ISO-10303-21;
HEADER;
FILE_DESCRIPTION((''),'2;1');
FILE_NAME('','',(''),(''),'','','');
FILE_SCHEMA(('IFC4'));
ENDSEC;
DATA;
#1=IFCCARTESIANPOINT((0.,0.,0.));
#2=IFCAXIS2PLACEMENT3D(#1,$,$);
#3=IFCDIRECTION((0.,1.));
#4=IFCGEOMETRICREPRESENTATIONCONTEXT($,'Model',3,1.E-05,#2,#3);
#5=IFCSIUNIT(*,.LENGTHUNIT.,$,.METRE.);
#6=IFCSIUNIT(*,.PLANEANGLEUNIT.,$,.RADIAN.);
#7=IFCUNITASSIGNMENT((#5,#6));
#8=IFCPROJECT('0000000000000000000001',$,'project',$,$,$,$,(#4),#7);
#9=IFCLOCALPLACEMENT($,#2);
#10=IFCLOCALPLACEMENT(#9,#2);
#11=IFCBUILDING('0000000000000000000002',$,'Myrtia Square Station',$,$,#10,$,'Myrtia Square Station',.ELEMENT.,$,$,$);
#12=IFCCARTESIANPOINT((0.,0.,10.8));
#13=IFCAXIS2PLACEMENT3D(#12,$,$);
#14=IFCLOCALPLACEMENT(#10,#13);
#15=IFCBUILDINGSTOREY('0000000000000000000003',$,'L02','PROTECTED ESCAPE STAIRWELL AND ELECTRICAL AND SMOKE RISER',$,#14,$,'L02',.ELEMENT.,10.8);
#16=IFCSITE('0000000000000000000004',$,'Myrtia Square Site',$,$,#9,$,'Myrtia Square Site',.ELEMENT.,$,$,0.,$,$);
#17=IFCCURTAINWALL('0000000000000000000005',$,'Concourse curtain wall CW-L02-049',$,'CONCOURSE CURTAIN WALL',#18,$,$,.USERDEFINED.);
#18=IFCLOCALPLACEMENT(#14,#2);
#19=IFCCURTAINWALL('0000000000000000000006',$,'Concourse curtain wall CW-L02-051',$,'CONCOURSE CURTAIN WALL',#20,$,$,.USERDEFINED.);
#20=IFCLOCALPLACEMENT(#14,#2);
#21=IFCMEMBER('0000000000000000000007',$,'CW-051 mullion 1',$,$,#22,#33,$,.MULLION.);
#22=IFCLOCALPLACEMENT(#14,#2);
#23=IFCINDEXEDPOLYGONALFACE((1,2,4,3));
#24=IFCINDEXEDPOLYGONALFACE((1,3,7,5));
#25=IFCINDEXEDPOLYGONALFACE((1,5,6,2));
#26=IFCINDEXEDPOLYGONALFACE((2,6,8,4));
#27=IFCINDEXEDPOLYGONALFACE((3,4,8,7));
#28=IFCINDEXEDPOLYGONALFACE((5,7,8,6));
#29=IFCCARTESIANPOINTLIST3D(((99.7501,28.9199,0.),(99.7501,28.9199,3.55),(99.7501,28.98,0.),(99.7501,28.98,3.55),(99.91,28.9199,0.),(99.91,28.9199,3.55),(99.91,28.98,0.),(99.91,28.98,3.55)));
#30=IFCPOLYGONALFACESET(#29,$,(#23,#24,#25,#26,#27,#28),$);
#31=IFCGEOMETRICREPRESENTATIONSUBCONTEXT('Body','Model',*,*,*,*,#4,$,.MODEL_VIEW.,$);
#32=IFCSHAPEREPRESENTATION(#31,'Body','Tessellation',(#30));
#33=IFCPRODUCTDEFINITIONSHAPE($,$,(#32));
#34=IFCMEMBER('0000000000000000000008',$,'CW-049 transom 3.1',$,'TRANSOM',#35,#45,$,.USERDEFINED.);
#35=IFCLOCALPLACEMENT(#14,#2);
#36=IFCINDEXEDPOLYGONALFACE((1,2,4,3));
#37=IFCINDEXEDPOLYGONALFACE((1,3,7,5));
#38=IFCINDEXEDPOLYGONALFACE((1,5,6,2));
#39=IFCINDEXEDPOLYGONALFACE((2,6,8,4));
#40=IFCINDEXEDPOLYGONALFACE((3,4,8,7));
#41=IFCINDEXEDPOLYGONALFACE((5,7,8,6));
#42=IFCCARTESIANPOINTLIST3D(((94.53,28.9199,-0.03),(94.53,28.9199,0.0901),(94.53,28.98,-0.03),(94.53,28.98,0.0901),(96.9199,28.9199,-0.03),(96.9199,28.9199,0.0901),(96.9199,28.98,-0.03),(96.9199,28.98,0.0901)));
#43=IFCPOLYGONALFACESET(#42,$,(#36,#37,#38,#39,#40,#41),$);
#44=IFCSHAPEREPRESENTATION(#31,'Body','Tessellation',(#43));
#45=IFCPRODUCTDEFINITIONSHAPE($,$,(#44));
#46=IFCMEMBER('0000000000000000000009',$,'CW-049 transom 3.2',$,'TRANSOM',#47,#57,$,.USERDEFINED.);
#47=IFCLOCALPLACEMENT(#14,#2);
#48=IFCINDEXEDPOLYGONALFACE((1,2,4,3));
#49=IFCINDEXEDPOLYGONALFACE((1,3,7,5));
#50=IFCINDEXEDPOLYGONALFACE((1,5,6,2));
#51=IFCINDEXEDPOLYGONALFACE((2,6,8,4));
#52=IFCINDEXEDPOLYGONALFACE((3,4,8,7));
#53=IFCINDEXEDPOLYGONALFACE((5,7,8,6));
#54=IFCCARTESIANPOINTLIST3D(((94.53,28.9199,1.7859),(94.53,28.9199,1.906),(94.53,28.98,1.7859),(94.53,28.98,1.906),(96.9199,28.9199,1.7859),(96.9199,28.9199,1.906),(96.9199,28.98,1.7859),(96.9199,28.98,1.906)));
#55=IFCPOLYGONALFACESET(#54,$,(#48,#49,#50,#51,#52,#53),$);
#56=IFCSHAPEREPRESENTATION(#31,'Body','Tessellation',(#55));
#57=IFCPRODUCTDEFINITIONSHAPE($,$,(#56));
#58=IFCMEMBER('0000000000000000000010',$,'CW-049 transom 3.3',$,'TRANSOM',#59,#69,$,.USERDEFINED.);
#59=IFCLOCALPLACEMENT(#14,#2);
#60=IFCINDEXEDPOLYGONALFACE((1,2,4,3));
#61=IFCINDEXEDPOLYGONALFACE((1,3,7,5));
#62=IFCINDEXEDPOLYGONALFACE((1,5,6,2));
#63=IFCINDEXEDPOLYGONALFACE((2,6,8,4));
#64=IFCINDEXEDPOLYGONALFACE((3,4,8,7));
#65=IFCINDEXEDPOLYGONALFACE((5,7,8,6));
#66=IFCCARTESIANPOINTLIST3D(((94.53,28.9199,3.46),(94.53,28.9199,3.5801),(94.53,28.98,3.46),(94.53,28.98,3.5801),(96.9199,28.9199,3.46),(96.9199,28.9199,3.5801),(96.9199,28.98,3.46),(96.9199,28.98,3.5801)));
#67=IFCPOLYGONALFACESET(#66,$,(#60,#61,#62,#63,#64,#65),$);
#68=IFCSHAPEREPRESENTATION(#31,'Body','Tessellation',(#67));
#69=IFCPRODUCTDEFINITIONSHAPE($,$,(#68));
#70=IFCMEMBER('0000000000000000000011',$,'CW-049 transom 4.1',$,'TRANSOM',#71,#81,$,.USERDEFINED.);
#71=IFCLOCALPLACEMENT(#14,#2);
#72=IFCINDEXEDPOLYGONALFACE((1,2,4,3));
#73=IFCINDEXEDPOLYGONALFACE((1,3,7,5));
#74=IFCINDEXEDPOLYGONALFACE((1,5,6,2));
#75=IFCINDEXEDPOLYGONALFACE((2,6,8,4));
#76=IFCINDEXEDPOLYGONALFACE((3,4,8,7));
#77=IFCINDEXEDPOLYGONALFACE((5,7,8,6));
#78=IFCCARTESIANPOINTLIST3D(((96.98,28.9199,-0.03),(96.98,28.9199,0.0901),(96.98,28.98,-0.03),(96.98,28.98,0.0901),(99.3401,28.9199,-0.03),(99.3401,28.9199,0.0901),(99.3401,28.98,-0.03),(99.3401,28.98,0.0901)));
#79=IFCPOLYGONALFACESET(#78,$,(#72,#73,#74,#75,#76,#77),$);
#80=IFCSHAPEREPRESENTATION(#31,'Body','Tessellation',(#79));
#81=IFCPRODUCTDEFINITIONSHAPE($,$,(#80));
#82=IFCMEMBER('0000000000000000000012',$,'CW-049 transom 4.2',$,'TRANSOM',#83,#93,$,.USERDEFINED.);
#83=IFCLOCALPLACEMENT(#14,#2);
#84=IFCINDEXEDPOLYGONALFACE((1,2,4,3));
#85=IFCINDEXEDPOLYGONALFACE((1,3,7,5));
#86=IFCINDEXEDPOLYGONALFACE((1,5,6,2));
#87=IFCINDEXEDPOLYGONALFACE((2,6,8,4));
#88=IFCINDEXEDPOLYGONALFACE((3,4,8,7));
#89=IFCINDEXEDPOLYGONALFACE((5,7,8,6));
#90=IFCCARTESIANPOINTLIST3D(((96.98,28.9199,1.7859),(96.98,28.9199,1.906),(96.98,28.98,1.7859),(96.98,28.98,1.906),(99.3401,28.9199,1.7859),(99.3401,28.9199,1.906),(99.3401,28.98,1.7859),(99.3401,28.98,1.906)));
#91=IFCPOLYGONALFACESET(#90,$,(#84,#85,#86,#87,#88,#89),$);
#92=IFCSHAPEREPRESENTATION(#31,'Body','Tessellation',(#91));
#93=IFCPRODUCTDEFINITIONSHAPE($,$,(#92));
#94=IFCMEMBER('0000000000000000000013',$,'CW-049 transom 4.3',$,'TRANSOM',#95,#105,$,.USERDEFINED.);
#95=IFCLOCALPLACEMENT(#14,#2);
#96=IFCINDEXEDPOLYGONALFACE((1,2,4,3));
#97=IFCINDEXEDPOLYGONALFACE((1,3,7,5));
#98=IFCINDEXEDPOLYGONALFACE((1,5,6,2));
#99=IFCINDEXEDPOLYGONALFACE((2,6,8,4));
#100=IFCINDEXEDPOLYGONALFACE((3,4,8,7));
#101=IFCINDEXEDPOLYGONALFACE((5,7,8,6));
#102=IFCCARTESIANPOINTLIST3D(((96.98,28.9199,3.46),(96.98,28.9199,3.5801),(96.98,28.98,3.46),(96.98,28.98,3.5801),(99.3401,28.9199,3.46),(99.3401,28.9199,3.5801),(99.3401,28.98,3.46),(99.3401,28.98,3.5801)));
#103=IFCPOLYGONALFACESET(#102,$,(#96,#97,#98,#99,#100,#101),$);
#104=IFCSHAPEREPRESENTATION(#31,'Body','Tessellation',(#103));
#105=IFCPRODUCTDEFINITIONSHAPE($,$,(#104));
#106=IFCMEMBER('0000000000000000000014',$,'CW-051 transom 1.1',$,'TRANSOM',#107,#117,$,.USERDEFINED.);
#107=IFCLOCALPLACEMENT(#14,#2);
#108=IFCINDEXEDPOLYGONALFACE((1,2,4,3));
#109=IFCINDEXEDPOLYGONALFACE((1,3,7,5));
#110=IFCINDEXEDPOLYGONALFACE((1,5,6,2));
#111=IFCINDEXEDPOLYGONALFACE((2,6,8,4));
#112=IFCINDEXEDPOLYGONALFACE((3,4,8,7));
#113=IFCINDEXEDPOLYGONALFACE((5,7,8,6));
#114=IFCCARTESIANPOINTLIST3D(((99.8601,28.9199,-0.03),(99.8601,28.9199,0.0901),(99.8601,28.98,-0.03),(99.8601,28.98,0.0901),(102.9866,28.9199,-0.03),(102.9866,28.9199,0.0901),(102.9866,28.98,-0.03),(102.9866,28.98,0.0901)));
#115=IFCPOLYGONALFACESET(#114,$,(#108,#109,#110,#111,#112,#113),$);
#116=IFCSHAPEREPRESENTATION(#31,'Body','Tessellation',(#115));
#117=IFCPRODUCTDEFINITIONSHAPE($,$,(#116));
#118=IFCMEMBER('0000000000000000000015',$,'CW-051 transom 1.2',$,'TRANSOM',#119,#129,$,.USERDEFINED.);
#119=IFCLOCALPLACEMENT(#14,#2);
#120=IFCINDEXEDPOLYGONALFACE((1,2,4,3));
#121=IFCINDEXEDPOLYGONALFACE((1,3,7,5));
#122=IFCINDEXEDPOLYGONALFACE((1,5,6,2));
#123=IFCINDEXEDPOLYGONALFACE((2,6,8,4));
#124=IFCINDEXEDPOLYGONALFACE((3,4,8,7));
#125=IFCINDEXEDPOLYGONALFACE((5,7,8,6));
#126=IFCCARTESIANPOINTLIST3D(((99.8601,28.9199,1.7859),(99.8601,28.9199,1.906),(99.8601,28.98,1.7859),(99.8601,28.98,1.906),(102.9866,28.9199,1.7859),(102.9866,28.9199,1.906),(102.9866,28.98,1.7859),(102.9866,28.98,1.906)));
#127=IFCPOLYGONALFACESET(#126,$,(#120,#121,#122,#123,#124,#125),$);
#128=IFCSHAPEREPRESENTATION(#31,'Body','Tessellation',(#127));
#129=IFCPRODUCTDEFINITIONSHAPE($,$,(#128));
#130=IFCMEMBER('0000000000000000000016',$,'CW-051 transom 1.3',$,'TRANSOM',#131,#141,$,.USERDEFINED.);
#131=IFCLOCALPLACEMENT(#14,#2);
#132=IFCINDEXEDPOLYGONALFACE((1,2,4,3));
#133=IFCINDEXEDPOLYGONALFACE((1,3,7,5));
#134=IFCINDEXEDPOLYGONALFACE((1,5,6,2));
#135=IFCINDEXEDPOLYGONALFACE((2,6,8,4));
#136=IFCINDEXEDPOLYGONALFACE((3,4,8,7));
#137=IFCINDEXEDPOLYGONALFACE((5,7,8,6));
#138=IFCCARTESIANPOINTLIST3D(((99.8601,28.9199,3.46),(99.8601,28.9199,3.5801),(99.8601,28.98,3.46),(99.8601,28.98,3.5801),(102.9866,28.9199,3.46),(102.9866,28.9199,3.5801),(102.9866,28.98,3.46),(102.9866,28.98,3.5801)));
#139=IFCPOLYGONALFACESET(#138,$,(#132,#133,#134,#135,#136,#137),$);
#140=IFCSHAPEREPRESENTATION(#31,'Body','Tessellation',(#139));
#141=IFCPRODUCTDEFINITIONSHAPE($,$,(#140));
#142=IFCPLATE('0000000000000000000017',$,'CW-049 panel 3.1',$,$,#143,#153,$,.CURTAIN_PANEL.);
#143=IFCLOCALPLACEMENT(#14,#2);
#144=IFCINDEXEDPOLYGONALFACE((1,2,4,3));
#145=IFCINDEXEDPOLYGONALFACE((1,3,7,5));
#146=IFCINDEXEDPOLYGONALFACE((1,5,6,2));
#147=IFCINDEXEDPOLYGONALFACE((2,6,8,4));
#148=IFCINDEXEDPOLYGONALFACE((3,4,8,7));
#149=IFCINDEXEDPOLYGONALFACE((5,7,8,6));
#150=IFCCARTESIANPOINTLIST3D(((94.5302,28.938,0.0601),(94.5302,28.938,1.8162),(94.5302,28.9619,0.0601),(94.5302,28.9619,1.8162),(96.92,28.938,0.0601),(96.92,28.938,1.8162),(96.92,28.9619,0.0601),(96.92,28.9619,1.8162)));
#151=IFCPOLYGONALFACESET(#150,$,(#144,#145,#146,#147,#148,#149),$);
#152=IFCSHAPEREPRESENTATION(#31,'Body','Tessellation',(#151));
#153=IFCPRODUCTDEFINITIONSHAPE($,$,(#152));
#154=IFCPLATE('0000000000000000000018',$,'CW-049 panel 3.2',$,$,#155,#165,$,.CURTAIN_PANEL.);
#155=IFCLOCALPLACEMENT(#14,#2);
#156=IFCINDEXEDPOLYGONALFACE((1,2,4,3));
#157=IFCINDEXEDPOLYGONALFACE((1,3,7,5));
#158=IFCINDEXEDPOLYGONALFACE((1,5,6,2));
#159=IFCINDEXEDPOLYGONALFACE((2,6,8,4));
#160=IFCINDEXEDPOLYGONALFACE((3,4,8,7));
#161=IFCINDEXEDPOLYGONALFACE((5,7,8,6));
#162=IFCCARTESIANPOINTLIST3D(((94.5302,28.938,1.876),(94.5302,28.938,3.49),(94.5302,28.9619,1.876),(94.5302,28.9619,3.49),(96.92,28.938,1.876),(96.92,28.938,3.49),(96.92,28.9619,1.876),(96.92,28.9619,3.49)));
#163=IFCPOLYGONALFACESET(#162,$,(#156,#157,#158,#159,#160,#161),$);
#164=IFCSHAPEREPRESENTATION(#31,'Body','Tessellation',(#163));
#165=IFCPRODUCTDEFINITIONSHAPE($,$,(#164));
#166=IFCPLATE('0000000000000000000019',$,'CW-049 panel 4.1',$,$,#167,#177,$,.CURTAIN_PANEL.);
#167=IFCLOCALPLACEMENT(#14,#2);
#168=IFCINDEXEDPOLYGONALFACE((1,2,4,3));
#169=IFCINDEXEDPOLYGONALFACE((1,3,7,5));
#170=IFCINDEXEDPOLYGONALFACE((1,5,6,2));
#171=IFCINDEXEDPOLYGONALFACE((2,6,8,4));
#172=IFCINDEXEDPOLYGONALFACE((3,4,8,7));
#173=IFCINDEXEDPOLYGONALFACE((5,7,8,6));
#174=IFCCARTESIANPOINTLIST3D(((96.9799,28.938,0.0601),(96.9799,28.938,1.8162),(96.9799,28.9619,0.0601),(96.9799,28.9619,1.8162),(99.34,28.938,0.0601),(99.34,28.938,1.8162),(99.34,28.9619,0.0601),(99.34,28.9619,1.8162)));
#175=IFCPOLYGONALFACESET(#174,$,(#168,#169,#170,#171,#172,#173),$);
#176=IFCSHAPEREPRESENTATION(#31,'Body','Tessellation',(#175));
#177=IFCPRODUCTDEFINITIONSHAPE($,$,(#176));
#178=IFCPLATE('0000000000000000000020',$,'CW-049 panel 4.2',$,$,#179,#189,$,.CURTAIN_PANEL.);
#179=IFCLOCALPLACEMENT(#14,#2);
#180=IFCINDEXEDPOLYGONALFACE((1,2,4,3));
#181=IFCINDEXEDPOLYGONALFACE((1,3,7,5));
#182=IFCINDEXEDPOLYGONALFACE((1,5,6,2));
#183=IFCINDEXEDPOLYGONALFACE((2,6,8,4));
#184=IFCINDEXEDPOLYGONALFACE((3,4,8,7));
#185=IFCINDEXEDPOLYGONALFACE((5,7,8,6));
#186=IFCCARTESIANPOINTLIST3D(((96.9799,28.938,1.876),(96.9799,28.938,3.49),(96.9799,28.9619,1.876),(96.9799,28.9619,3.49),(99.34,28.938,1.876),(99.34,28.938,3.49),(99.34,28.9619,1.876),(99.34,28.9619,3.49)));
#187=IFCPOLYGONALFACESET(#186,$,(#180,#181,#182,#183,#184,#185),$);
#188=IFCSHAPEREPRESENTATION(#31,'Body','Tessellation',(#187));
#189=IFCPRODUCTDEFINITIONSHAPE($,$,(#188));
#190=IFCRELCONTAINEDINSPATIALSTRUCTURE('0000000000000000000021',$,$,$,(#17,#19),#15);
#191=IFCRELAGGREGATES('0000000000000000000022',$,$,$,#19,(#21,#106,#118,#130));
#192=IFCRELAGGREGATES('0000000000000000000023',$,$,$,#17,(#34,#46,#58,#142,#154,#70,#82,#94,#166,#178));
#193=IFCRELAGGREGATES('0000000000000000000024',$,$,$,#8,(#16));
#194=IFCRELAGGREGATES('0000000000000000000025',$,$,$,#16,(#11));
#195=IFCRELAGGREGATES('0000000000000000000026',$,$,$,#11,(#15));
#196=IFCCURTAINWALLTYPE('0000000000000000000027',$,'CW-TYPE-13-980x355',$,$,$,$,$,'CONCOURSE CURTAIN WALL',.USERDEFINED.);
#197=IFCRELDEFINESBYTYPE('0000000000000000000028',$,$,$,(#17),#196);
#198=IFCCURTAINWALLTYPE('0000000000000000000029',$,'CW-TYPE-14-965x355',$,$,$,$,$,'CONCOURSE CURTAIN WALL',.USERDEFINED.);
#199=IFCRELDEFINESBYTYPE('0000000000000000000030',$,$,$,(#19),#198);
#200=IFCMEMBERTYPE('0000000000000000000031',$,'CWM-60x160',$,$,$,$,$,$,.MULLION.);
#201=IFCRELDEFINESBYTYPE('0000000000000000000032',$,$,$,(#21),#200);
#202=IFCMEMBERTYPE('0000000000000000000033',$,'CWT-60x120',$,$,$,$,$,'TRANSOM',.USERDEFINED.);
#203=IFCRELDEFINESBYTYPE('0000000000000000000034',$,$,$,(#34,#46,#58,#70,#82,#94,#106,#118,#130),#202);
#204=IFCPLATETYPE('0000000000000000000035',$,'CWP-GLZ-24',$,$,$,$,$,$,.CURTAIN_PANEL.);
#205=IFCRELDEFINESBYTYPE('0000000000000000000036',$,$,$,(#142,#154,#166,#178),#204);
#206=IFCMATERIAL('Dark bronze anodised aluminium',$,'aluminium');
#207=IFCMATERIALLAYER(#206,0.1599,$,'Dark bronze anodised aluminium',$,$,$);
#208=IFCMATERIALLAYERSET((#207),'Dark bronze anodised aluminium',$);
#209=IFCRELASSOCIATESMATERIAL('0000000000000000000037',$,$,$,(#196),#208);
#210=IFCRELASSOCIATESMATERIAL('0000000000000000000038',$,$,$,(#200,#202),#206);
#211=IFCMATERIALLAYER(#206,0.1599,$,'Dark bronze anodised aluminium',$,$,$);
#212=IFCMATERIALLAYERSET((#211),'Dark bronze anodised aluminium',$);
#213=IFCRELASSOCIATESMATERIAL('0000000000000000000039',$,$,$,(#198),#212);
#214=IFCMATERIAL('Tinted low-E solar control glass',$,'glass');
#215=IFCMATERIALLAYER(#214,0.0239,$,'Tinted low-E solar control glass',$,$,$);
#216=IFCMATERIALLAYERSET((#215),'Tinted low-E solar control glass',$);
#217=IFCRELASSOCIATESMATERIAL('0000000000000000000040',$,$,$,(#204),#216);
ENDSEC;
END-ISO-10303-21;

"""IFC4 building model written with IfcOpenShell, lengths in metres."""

from ifc_helpers import new_model, si_unit, direction, frame, origin, origin_2d, place, context, subcontext, project, spatial, rectangle, extrude, material, layer, layer_set, material_profile, profile_set, type_object, element, aggregate, save


model = new_model("IFC4")

# Units and contexts
model_context = context("Model", 3, precision=1e-05, world=origin(), true_north=direction((0.0, 1.0)))
body_context = subcontext(model_context, "Body", "Model", "MODEL_VIEW")
ifc_project = project(units=[si_unit("LENGTHUNIT", "METRE"), si_unit("PLANEANGLEUNIT", "RADIAN")], contexts=[model_context])

# Site, building, storey
site_placement = place(None, origin())
site = spatial("IfcSite", under=ifc_project, at=site_placement, Name="Myrtia Square Site", LongName="Myrtia Square Site", CompositionType="ELEMENT", RefElevation=0.0)
building_placement = place(site_placement, origin())
building = spatial("IfcBuilding", under=site, at=building_placement, Name="Myrtia Square Station", LongName="Myrtia Square Station", CompositionType="ELEMENT")
storey_placement = place(building_placement, frame((0.0, 0.0, 10.8)))
storey = spatial("IfcBuildingStorey", under=building, at=storey_placement, Name="L02", Description="PROTECTED ESCAPE STAIRWELL AND ELECTRICAL AND SMOKE RISER", LongName="L02", CompositionType="ELEMENT", Elevation=10.8)

# Curtain wall
ifc_material_1 = material(Name="Dark bronze anodised aluminium", Category="aluminium")
ifc_layer_1 = layer(ifc_material_1, 0.1599, Name="Dark bronze anodised aluminium")
ifc_layer_set_1 = layer_set([ifc_layer_1], Name="Dark bronze anodised aluminium")
curtain_wall_type_1 = type_object("IfcCurtainWallType", Name="CW-TYPE-13-980x355", ElementType="CONCOURSE CURTAIN WALL", PredefinedType="USERDEFINED", material=ifc_layer_set_1)
curtain_wall_1_placement = place(storey_placement, origin())
curtain_wall_1 = element("IfcCurtainWall", 1, at=curtain_wall_1_placement, inside=storey, type_object=curtain_wall_type_1, Name="Concourse curtain wall CW-L02-049", ObjectType="CONCOURSE CURTAIN WALL", PredefinedType="USERDEFINED")
ifc_material_profile_1 = material_profile(ifc_material_1, rectangle(XDim=0.0601, YDim=0.1599, at=origin_2d()), Name="ALU-M 60x160")
ifc_profile_set_1 = profile_set([ifc_material_profile_1], Name="Dark bronze anodised aluminium")
member_type_1 = type_object("IfcMemberType", Name="CWM-60x160", PredefinedType="MULLION", material=ifc_profile_set_1)

# Curtain wall, member
ifc_layer_2 = layer(ifc_material_1, 0.1599, Name="Dark bronze anodised aluminium")
ifc_layer_set_2 = layer_set([ifc_layer_2], Name="Dark bronze anodised aluminium")
curtain_wall_type_2 = type_object("IfcCurtainWallType", Name="CW-TYPE-14-965x355", ElementType="CONCOURSE CURTAIN WALL", PredefinedType="USERDEFINED", material=ifc_layer_set_2)
curtain_wall_2_placement = place(storey_placement, origin())
curtain_wall_2 = element("IfcCurtainWall", 2, at=curtain_wall_2_placement, inside=storey, type_object=curtain_wall_type_2, Name="Concourse curtain wall CW-L02-051", ObjectType="CONCOURSE CURTAIN WALL", PredefinedType="USERDEFINED")
member_1_placement = place(storey_placement, frame((99.8301, 28.95, 0.0), z_axis=(0.0, 0.0, 1.0), x_axis=(0.0, 1.0, 0.0)))
member_1 = element("IfcMember", 3, at=member_1_placement, type_object=member_type_1, Name="CW-051 mullion 1", PredefinedType="MULLION", context=body_context, shape_type="SweptSolid", body=[
    extrude(rectangle(XDim=0.0601, YDim=0.1599, at=origin_2d()), origin(), (0.0, 0.0, 1.0), 3.55),
])

# Members
ifc_material_profile_2 = material_profile(ifc_material_1, rectangle(XDim=0.0601, YDim=0.1201, at=origin_2d()), Name="ALU-T 60x120")
ifc_profile_set_2 = profile_set([ifc_material_profile_2], Name="Dark bronze anodised aluminium")
member_type_2 = type_object("IfcMemberType", Name="CWT-60x120", ElementType="TRANSOM", PredefinedType="USERDEFINED", material=ifc_profile_set_2)
member_2_placement = place(storey_placement, frame((94.53, 28.95, 0.03), z_axis=(1.0, 0.0, 0.0), x_axis=(0.0, 1.0, 0.0)))
member_2 = element("IfcMember", 4, at=member_2_placement, type_object=member_type_2, Name="CW-049 transom 3.1", ObjectType="TRANSOM", PredefinedType="USERDEFINED", context=body_context, shape_type="SweptSolid", body=[
    extrude(rectangle(XDim=0.0601, YDim=0.1201, at=origin_2d()), origin(), (0.0, 0.0, 1.0), 2.3899),
])
member_3_placement = place(storey_placement, frame((94.53, 28.95, 1.8459), z_axis=(1.0, 0.0, 0.0), x_axis=(0.0, 1.0, 0.0)))
member_3 = element("IfcMember", 5, at=member_3_placement, type_object=member_type_2, Name="CW-049 transom 3.2", ObjectType="TRANSOM", PredefinedType="USERDEFINED", context=body_context, shape_type="SweptSolid", body=[
    extrude(rectangle(XDim=0.0601, YDim=0.1201, at=origin_2d()), origin(), (0.0, 0.0, 1.0), 2.3899),
])
member_4_placement = place(storey_placement, frame((94.53, 28.95, 3.52), z_axis=(1.0, 0.0, 0.0), x_axis=(0.0, 1.0, 0.0)))
member_4 = element("IfcMember", 6, at=member_4_placement, type_object=member_type_2, Name="CW-049 transom 3.3", ObjectType="TRANSOM", PredefinedType="USERDEFINED", context=body_context, shape_type="SweptSolid", body=[
    extrude(rectangle(XDim=0.0601, YDim=0.1201, at=origin_2d()), origin(), (0.0, 0.0, 1.0), 2.3899),
])
member_5_placement = place(storey_placement, frame((96.98, 28.95, 0.03), z_axis=(1.0, 0.0, 0.0), x_axis=(0.0, 1.0, 0.0)))
member_5 = element("IfcMember", 7, at=member_5_placement, type_object=member_type_2, Name="CW-049 transom 4.1", ObjectType="TRANSOM", PredefinedType="USERDEFINED", context=body_context, shape_type="SweptSolid", body=[
    extrude(rectangle(XDim=0.0601, YDim=0.1201, at=origin_2d()), origin(), (0.0, 0.0, 1.0), 2.3601),
])
member_6_placement = place(storey_placement, frame((96.98, 28.95, 1.8459), z_axis=(1.0, 0.0, 0.0), x_axis=(0.0, 1.0, 0.0)))
member_6 = element("IfcMember", 8, at=member_6_placement, type_object=member_type_2, Name="CW-049 transom 4.2", ObjectType="TRANSOM", PredefinedType="USERDEFINED", context=body_context, shape_type="SweptSolid", body=[
    extrude(rectangle(XDim=0.0601, YDim=0.1201, at=origin_2d()), origin(), (0.0, 0.0, 1.0), 2.3601),
])
member_7_placement = place(storey_placement, frame((96.98, 28.95, 3.52), z_axis=(1.0, 0.0, 0.0), x_axis=(0.0, 1.0, 0.0)))
member_7 = element("IfcMember", 9, at=member_7_placement, type_object=member_type_2, Name="CW-049 transom 4.3", ObjectType="TRANSOM", PredefinedType="USERDEFINED", context=body_context, shape_type="SweptSolid", body=[
    extrude(rectangle(XDim=0.0601, YDim=0.1201, at=origin_2d()), origin(), (0.0, 0.0, 1.0), 2.3601),
])
member_8_placement = place(storey_placement, frame((99.8601, 28.95, 0.03), z_axis=(1.0, 0.0, 0.0), x_axis=(0.0, 1.0, 0.0)))
member_8 = element("IfcMember", 10, at=member_8_placement, type_object=member_type_2, Name="CW-051 transom 1.1", ObjectType="TRANSOM", PredefinedType="USERDEFINED", context=body_context, shape_type="SweptSolid", body=[
    extrude(rectangle(XDim=0.0601, YDim=0.1201, at=origin_2d()), origin(), (0.0, 0.0, 1.0), 3.1265),
])
member_9_placement = place(storey_placement, frame((99.8601, 28.95, 1.8459), z_axis=(1.0, 0.0, 0.0), x_axis=(0.0, 1.0, 0.0)))
member_9 = element("IfcMember", 11, at=member_9_placement, type_object=member_type_2, Name="CW-051 transom 1.2", ObjectType="TRANSOM", PredefinedType="USERDEFINED", context=body_context, shape_type="SweptSolid", body=[
    extrude(rectangle(XDim=0.0601, YDim=0.1201, at=origin_2d()), origin(), (0.0, 0.0, 1.0), 3.1265),
])
member_10_placement = place(storey_placement, frame((99.8601, 28.95, 3.52), z_axis=(1.0, 0.0, 0.0), x_axis=(0.0, 1.0, 0.0)))
member_10 = element("IfcMember", 12, at=member_10_placement, type_object=member_type_2, Name="CW-051 transom 1.3", ObjectType="TRANSOM", PredefinedType="USERDEFINED", context=body_context, shape_type="SweptSolid", body=[
    extrude(rectangle(XDim=0.0601, YDim=0.1201, at=origin_2d()), origin(), (0.0, 0.0, 1.0), 3.1265),
])
aggregate(curtain_wall_2, [member_1, member_8, member_9, member_10])

# Plates
ifc_material_2 = material(Name="Tinted low-E solar control glass", Category="glass")
ifc_layer_3 = layer(ifc_material_2, 0.0239, Name="Tinted low-E solar control glass")
ifc_layer_set_3 = layer_set([ifc_layer_3], Name="Tinted low-E solar control glass")
plate_type = type_object("IfcPlateType", Name="CWP-GLZ-24", PredefinedType="CURTAIN_PANEL", material=ifc_layer_set_3)
plate_1_placement = place(storey_placement, frame((95.7251, 28.95, 0.0601), z_axis=(0.0, 0.0, 1.0), x_axis=(1.0, 0.0, 0.0)))
plate_1 = element("IfcPlate", 13, at=plate_1_placement, type_object=plate_type, Name="CW-049 panel 3.1", PredefinedType="CURTAIN_PANEL", context=body_context, shape_type="SweptSolid", body=[
    extrude(rectangle(XDim=2.3899, YDim=0.0239, at=origin_2d()), origin(), (0.0, 0.0, 1.0), 1.7561),
])
plate_2_placement = place(storey_placement, frame((95.7251, 28.95, 1.876), z_axis=(0.0, 0.0, 1.0), x_axis=(1.0, 0.0, 0.0)))
plate_2 = element("IfcPlate", 14, at=plate_2_placement, type_object=plate_type, Name="CW-049 panel 3.2", PredefinedType="CURTAIN_PANEL", context=body_context, shape_type="SweptSolid", body=[
    extrude(rectangle(XDim=2.3899, YDim=0.0239, at=origin_2d()), origin(), (0.0, 0.0, 1.0), 1.614),
])
plate_3_placement = place(storey_placement, frame((98.1599, 28.95, 0.0601), z_axis=(0.0, 0.0, 1.0), x_axis=(1.0, 0.0, 0.0)))
plate_3 = element("IfcPlate", 15, at=plate_3_placement, type_object=plate_type, Name="CW-049 panel 4.1", PredefinedType="CURTAIN_PANEL", context=body_context, shape_type="SweptSolid", body=[
    extrude(rectangle(XDim=2.3601, YDim=0.0239, at=origin_2d()), origin(), (0.0, 0.0, 1.0), 1.7561),
])
plate_4_placement = place(storey_placement, frame((98.1599, 28.95, 1.876), z_axis=(0.0, 0.0, 1.0), x_axis=(1.0, 0.0, 0.0)))
plate_4 = element("IfcPlate", 16, at=plate_4_placement, type_object=plate_type, Name="CW-049 panel 4.2", PredefinedType="CURTAIN_PANEL", context=body_context, shape_type="SweptSolid", body=[
    extrude(rectangle(XDim=2.3601, YDim=0.0239, at=origin_2d()), origin(), (0.0, 0.0, 1.0), 1.614),
])
aggregate(curtain_wall_1, [member_2, member_3, member_4, plate_1, plate_2, member_5, member_6, member_7, plate_3, plate_4])

save(model, "model.ifc")
